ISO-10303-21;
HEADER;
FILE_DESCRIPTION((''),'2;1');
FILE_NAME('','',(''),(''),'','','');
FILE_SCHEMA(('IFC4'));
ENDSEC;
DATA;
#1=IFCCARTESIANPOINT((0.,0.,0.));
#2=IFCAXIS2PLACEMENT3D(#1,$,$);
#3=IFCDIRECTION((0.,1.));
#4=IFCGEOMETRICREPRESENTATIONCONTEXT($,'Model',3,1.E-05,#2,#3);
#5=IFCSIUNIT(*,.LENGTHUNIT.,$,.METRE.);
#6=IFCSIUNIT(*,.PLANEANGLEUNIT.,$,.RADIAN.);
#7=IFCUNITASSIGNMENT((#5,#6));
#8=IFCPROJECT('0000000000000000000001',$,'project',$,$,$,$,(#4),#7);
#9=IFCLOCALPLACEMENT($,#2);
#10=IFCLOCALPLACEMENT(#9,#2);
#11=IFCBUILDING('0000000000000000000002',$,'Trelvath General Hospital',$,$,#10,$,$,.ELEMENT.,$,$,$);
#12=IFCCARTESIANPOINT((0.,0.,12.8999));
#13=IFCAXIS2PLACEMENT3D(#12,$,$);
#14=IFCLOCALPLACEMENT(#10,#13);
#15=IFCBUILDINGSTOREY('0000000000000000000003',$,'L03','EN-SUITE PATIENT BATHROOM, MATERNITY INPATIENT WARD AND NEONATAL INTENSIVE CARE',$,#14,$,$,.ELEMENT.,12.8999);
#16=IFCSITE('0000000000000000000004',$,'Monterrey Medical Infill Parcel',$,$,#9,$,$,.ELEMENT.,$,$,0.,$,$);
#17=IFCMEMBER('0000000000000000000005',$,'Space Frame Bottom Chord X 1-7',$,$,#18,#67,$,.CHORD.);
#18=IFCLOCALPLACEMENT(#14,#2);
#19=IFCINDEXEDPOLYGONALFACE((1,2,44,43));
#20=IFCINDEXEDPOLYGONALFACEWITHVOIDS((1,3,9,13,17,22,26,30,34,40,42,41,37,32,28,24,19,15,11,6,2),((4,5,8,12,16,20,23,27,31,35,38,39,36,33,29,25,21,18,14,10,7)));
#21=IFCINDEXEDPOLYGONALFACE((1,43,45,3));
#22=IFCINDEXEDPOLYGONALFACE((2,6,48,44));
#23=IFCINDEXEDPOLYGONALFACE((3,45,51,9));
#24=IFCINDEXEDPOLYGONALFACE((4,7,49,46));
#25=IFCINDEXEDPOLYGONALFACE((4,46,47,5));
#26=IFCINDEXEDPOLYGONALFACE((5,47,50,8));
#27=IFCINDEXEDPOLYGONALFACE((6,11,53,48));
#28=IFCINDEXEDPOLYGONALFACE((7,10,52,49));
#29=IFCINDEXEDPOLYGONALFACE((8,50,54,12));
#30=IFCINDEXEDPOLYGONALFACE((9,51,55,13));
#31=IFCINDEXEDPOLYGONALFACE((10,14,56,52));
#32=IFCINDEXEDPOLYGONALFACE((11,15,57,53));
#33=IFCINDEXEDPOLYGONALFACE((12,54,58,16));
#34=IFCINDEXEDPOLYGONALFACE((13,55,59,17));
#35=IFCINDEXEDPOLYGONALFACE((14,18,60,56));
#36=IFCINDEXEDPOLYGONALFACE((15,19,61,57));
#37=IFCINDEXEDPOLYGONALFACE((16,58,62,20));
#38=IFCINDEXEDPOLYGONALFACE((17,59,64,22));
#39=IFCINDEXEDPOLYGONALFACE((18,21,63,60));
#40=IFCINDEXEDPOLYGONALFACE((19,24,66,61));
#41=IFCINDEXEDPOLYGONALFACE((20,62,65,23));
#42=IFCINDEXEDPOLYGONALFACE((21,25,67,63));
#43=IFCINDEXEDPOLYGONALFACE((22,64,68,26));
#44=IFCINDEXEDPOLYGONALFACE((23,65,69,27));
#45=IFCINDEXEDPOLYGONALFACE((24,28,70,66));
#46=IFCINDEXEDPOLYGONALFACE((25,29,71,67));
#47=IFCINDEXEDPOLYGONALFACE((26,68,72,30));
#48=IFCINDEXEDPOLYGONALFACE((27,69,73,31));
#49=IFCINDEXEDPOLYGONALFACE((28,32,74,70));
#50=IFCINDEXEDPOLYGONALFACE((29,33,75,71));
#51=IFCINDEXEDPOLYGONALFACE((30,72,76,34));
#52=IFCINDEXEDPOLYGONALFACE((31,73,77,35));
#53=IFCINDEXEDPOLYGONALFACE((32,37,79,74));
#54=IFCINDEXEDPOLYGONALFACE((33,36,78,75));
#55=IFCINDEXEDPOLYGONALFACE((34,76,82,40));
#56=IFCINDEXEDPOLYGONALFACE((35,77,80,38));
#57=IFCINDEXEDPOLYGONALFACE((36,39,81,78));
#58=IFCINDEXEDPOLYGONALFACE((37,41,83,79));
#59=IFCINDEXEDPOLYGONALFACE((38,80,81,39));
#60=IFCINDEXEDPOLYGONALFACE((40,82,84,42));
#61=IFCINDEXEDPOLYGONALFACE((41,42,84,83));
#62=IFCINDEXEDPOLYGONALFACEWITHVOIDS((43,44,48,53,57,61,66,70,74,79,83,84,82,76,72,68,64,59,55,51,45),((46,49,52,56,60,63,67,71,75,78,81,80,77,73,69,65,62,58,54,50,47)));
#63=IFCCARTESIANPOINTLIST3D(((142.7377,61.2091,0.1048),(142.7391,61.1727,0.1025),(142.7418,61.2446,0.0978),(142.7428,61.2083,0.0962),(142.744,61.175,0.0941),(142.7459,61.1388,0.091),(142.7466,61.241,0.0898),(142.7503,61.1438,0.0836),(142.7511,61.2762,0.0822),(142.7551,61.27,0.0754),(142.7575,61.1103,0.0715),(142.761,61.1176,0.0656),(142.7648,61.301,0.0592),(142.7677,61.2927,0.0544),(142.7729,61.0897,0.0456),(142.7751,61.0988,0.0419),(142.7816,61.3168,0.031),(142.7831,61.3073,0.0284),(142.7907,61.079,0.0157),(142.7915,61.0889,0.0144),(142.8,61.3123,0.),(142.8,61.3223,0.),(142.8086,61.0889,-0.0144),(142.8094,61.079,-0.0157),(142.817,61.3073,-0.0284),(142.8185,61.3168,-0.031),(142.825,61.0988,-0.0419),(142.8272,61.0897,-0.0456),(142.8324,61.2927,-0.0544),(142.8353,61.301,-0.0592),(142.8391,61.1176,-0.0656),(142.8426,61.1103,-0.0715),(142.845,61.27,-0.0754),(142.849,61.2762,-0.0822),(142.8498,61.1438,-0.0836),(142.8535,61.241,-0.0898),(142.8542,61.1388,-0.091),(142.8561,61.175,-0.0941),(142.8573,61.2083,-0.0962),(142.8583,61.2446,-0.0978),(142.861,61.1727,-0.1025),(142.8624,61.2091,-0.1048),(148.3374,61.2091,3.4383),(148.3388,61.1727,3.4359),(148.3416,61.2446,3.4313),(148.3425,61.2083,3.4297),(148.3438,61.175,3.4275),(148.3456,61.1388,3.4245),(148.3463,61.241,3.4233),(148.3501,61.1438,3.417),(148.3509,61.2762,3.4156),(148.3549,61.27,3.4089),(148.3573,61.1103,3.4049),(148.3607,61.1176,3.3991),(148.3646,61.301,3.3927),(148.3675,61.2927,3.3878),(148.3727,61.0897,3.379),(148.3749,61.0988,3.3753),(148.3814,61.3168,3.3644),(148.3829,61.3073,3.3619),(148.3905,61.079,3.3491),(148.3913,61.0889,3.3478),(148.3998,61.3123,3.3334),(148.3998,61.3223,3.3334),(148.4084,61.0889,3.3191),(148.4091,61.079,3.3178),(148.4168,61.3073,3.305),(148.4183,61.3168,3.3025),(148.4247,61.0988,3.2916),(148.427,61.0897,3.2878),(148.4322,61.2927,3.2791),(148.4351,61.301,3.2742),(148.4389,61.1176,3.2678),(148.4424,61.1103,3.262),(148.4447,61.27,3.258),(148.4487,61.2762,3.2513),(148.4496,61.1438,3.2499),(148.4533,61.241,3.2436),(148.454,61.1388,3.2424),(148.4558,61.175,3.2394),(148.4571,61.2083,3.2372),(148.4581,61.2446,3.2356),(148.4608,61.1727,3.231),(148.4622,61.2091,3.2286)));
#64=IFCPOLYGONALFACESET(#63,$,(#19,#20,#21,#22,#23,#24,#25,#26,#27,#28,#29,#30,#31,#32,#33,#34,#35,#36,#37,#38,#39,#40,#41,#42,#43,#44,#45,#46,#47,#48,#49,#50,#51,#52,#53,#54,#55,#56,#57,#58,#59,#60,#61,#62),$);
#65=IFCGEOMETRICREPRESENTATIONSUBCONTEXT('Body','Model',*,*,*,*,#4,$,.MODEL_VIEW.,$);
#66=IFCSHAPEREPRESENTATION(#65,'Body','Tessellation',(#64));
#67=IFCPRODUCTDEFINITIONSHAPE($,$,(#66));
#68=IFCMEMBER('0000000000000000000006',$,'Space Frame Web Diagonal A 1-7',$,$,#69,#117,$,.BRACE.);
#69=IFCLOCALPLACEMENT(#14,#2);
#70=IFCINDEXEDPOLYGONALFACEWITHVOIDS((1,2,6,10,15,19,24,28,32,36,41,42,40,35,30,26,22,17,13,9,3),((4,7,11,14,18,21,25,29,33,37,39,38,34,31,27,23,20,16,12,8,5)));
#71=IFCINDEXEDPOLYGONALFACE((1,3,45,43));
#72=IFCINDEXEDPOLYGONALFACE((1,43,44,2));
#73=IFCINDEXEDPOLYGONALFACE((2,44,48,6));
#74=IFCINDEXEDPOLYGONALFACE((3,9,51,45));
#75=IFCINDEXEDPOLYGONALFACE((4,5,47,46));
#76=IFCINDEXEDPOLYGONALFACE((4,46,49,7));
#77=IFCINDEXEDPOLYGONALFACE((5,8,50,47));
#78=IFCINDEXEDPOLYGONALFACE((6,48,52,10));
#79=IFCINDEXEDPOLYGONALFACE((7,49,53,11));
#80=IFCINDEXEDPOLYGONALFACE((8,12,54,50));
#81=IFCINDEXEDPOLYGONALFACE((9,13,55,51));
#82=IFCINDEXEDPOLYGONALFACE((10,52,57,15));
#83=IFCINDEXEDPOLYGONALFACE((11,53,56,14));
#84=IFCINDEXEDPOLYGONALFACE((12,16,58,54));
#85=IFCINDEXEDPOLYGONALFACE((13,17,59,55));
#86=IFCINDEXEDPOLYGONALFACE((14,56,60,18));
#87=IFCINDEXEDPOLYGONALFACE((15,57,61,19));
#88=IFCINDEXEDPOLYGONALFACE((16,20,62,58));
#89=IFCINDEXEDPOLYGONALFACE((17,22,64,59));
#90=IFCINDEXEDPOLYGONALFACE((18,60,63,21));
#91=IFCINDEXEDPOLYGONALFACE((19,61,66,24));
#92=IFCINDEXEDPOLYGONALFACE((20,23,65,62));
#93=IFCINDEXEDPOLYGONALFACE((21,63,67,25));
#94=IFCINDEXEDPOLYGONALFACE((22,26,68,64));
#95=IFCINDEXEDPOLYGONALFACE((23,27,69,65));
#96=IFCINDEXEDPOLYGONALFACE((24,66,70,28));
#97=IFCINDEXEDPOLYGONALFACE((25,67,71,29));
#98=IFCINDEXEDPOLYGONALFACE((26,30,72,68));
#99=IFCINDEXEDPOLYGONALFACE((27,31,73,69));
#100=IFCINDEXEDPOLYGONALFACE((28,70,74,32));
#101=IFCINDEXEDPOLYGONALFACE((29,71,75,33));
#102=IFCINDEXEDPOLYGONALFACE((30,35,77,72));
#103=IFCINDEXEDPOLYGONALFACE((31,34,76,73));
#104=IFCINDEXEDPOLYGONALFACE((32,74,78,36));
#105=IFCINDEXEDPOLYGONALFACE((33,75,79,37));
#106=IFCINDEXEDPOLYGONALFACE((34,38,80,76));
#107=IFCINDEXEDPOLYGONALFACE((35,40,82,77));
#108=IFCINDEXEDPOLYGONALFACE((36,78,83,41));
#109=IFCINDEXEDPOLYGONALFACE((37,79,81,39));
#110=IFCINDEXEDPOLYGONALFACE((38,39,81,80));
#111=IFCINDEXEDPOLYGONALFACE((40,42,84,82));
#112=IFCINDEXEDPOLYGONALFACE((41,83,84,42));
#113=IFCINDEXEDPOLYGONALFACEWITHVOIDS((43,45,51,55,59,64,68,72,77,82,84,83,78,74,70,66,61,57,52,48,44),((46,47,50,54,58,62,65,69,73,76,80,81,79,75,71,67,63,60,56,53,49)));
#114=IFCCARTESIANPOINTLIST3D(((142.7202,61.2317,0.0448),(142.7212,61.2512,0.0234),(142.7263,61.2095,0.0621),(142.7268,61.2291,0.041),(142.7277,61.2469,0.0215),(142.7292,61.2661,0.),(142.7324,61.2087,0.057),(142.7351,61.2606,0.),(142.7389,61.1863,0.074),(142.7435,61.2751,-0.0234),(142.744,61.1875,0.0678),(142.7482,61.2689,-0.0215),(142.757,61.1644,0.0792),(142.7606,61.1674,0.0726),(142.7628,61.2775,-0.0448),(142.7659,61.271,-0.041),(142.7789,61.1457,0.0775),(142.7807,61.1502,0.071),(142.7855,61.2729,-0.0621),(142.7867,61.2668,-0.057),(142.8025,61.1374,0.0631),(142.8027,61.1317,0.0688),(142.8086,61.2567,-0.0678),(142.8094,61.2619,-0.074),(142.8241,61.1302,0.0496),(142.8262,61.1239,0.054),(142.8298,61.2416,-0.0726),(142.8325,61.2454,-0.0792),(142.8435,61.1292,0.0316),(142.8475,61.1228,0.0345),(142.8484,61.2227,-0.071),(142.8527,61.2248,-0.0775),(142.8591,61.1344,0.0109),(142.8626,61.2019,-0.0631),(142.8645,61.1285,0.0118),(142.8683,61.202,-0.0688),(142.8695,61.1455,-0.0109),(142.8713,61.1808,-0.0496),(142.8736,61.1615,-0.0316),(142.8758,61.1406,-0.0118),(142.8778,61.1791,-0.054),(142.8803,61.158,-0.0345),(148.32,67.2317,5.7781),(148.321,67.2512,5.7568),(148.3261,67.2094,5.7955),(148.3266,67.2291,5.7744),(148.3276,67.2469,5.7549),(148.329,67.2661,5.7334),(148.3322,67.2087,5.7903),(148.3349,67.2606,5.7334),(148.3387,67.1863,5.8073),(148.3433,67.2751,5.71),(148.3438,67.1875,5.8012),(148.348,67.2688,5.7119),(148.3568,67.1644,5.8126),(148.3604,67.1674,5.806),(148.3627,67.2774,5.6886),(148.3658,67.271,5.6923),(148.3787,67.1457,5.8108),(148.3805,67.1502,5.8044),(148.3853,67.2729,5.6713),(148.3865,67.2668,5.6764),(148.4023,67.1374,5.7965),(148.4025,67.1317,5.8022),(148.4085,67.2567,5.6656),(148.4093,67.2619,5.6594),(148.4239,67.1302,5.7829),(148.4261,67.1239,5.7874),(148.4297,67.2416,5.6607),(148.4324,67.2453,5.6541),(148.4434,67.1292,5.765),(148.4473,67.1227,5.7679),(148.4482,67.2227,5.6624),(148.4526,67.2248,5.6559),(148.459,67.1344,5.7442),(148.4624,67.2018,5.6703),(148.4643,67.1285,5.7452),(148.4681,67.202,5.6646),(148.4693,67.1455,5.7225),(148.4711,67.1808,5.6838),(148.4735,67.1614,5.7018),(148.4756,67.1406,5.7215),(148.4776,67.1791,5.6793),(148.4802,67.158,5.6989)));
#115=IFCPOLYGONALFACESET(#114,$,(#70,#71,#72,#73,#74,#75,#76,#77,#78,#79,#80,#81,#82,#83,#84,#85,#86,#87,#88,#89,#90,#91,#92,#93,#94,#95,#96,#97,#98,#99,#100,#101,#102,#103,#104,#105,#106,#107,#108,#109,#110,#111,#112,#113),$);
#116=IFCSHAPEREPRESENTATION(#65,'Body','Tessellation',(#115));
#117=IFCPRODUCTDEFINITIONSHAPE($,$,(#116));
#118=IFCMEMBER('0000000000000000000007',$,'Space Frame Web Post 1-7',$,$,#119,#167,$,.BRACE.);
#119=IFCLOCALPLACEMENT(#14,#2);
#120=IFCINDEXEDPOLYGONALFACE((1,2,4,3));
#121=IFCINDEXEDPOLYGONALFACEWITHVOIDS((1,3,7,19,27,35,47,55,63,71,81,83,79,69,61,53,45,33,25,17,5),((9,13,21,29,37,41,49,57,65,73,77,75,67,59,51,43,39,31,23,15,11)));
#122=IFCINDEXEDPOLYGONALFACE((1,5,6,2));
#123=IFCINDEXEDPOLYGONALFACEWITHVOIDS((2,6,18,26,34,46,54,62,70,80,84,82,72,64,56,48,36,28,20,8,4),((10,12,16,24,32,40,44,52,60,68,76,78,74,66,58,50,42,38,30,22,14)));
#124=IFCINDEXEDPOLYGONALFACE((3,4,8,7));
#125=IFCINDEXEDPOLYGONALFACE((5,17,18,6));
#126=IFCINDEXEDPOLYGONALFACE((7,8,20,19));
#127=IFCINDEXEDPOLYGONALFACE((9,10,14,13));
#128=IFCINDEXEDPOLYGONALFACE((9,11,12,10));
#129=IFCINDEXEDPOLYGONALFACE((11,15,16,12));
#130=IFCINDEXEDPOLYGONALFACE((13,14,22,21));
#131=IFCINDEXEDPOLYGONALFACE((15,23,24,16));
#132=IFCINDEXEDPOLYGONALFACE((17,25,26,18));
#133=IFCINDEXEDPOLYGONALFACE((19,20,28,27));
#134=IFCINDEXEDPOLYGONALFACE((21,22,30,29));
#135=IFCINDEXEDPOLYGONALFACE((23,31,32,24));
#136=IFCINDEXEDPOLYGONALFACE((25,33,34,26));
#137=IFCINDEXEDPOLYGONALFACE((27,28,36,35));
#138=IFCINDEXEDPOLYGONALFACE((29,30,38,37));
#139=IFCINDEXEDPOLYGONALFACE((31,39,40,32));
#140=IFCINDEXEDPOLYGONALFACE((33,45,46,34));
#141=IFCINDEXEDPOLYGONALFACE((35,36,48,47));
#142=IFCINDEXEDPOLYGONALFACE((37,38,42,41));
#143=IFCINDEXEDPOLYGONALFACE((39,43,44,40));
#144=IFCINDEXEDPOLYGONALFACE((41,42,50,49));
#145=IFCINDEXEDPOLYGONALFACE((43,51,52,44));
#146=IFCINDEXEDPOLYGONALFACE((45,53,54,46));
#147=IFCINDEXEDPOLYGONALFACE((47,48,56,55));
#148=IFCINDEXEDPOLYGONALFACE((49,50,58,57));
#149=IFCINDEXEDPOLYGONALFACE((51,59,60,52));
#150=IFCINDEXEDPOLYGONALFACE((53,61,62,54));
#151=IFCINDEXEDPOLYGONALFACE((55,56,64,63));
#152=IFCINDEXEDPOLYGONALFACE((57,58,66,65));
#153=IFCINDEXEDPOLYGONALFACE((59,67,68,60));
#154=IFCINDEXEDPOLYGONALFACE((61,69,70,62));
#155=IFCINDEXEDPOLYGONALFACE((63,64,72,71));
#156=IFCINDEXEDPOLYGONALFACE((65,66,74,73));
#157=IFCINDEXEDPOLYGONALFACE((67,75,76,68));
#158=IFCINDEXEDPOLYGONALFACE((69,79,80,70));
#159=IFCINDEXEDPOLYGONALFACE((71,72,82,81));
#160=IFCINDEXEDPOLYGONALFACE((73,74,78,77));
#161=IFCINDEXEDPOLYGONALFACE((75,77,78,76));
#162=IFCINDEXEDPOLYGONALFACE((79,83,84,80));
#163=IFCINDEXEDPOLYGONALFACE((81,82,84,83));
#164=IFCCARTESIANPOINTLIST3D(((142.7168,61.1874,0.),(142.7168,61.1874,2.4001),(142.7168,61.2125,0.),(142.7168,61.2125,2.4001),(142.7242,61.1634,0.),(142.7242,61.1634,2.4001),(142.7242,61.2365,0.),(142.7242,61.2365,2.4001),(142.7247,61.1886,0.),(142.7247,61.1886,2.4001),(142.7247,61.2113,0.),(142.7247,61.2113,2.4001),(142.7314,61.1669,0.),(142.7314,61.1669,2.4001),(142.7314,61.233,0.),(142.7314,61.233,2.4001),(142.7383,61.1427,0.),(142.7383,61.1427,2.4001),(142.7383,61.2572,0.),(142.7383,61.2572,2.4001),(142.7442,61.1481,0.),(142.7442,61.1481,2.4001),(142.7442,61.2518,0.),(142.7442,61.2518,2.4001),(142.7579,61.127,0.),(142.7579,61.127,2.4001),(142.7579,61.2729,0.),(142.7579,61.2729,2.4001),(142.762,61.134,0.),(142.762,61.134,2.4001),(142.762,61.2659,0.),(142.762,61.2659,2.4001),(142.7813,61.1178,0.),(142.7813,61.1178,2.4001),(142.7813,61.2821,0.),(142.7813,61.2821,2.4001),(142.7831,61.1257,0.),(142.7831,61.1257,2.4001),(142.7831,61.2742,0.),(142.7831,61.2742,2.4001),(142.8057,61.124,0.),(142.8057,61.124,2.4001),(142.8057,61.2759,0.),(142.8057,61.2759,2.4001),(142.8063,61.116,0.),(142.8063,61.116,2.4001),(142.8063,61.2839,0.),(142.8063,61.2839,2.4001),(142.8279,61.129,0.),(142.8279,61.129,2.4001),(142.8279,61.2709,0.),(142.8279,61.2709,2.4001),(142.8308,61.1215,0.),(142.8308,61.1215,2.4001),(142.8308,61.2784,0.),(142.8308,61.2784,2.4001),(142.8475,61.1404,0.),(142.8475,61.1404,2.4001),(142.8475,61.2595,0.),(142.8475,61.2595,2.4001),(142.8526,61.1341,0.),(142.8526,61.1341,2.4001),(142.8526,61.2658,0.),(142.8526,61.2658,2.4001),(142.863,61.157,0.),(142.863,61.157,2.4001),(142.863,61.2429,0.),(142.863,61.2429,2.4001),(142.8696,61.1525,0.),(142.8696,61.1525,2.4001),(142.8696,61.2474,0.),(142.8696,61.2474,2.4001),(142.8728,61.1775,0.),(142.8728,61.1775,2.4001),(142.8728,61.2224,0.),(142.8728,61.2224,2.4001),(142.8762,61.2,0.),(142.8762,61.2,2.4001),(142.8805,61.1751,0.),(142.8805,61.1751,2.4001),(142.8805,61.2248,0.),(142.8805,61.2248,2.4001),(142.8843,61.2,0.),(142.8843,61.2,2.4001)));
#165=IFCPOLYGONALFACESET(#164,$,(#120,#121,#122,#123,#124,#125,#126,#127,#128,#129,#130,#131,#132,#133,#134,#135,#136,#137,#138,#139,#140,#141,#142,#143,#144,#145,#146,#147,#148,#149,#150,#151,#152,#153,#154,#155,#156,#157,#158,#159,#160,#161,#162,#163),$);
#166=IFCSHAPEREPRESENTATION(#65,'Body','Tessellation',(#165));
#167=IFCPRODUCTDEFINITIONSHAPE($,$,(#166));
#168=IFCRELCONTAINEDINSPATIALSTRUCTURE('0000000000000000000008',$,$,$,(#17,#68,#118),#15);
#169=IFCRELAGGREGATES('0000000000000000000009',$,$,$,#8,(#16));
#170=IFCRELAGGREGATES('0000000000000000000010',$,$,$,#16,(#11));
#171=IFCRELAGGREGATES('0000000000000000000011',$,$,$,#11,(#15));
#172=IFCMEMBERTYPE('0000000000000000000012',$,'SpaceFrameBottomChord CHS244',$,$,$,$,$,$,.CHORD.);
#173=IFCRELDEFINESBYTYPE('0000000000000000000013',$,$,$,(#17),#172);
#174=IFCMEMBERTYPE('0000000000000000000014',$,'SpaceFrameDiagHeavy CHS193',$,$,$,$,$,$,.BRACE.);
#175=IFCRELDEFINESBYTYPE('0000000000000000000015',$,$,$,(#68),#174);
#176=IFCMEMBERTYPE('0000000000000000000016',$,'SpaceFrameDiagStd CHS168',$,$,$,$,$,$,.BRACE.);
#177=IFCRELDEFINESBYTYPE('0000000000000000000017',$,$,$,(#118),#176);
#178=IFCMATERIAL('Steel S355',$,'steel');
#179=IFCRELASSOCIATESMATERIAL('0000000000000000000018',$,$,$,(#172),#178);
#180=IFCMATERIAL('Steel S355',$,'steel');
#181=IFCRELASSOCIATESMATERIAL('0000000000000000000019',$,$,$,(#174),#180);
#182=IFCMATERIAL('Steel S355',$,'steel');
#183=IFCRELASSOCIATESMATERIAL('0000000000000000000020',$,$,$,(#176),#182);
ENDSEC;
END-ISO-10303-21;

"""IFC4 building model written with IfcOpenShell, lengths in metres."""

from ifc_helpers import new_model, si_unit, direction, frame, origin, origin_2d, place, context, subcontext, project, spatial, hollow_circle, extrude, material, material_profile, profile_set, type_object, element, save


model = new_model("IFC4")

# Units and contexts
model_context = context("Model", 3, precision=1e-05, world=origin(), true_north=direction((0.0, 1.0)))
body_context = subcontext(model_context, "Body", "Model", "MODEL_VIEW")
ifc_project = project(units=[si_unit("LENGTHUNIT", "METRE"), si_unit("PLANEANGLEUNIT", "RADIAN")], contexts=[model_context])

# Site, building, storey
site_placement = place(None, origin())
site = spatial("IfcSite", under=ifc_project, at=site_placement, Name="Monterrey Medical Infill Parcel", CompositionType="ELEMENT", RefElevation=0.0)
building_placement = place(site_placement, origin())
building = spatial("IfcBuilding", under=site, at=building_placement, Name="Trelvath General Hospital", CompositionType="ELEMENT")
storey_placement = place(building_placement, frame((0.0, 0.0, 12.8999)))
storey = spatial("IfcBuildingStorey", under=building, at=storey_placement, Name="L03", Description="EN-SUITE PATIENT BATHROOM, MATERNITY INPATIENT WARD AND NEONATAL INTENSIVE CARE", CompositionType="ELEMENT", Elevation=12.8999)

# Members
ifc_material_1 = material(Name="Steel S355", Category="steel")
ifc_material_profile_1 = material_profile(ifc_material_1, hollow_circle(Radius=0.1223, WallThickness=0.01, at=origin_2d()), Name="CHS244.5x10.0")
ifc_profile_set_1 = profile_set([ifc_material_profile_1], Name="Steel S355")
member_type_1 = type_object("IfcMemberType", Name="SpaceFrameBottomChord CHS244", PredefinedType="CHORD", material=ifc_profile_set_1)
member_1_placement = place(storey_placement, frame((142.8, 61.2, 0.0), z_axis=(0.859276, 0.0, 0.511512), x_axis=(0.0, 1.0, 0.0)))
element("IfcMember", 1, at=member_1_placement, inside=storey, type_object=member_type_1, Name="Space Frame Bottom Chord X 1-7", PredefinedType="CHORD", context=body_context, shape_type="SweptSolid", body=[
    extrude(hollow_circle(Radius=0.1223, WallThickness=0.01, at=origin_2d()), origin(), (0.0, 0.0, 1.0), 6.5168),
])
ifc_material_2 = material(Name="Steel S355", Category="steel")
ifc_material_profile_2 = material_profile(ifc_material_2, hollow_circle(Radius=0.0969, WallThickness=0.0081, at=origin_2d()), Name="CHS193.7x8.0")
ifc_profile_set_2 = profile_set([ifc_material_profile_2], Name="Steel S355")
member_type_2 = type_object("IfcMemberType", Name="SpaceFrameDiagHeavy CHS193", PredefinedType="BRACE", material=ifc_profile_set_2)
member_2_placement = place(storey_placement, frame((142.8, 61.2, 0.0), z_axis=(0.559342, 0.599311, 0.572681), x_axis=(-0.731064, 0.682309, 0.0)))
element("IfcMember", 2, at=member_2_placement, inside=storey, type_object=member_type_2, Name="Space Frame Web Diagonal A 1-7", PredefinedType="BRACE", context=body_context, shape_type="SweptSolid", body=[
    extrude(hollow_circle(Radius=0.0969, WallThickness=0.0081, at=origin_2d()), origin(), (0.0, 0.0, 1.0), 10.0115),
])
ifc_material_3 = material(Name="Steel S355", Category="steel")
ifc_material_profile_3 = material_profile(ifc_material_3, hollow_circle(Radius=0.0842, WallThickness=0.0081, at=origin_2d()), Name="CHS168.3x8.0")
ifc_profile_set_3 = profile_set([ifc_material_profile_3], Name="Steel S355")
member_type_3 = type_object("IfcMemberType", Name="SpaceFrameDiagStd CHS168", PredefinedType="BRACE", material=ifc_profile_set_3)
for number, where, z_axis, x_axis, name in (
    (3, (142.8, 61.2, 0.0), (0.0, 0.0, 1.0), (1.0, 0.0, 0.0), "Space Frame Web Post 1-7"),
):
    element("IfcMember", number, at=place(storey_placement, frame(where, z_axis=z_axis, x_axis=x_axis)), inside=storey, type_object=member_type_3, Name=name, PredefinedType="BRACE", context=body_context, shape_type="SweptSolid", body=[
        extrude(hollow_circle(Radius=0.0842, WallThickness=0.0081, at=origin_2d()), origin(), (0.0, 0.0, 1.0), 2.4001),
    ])

save(model, "model.ifc")
